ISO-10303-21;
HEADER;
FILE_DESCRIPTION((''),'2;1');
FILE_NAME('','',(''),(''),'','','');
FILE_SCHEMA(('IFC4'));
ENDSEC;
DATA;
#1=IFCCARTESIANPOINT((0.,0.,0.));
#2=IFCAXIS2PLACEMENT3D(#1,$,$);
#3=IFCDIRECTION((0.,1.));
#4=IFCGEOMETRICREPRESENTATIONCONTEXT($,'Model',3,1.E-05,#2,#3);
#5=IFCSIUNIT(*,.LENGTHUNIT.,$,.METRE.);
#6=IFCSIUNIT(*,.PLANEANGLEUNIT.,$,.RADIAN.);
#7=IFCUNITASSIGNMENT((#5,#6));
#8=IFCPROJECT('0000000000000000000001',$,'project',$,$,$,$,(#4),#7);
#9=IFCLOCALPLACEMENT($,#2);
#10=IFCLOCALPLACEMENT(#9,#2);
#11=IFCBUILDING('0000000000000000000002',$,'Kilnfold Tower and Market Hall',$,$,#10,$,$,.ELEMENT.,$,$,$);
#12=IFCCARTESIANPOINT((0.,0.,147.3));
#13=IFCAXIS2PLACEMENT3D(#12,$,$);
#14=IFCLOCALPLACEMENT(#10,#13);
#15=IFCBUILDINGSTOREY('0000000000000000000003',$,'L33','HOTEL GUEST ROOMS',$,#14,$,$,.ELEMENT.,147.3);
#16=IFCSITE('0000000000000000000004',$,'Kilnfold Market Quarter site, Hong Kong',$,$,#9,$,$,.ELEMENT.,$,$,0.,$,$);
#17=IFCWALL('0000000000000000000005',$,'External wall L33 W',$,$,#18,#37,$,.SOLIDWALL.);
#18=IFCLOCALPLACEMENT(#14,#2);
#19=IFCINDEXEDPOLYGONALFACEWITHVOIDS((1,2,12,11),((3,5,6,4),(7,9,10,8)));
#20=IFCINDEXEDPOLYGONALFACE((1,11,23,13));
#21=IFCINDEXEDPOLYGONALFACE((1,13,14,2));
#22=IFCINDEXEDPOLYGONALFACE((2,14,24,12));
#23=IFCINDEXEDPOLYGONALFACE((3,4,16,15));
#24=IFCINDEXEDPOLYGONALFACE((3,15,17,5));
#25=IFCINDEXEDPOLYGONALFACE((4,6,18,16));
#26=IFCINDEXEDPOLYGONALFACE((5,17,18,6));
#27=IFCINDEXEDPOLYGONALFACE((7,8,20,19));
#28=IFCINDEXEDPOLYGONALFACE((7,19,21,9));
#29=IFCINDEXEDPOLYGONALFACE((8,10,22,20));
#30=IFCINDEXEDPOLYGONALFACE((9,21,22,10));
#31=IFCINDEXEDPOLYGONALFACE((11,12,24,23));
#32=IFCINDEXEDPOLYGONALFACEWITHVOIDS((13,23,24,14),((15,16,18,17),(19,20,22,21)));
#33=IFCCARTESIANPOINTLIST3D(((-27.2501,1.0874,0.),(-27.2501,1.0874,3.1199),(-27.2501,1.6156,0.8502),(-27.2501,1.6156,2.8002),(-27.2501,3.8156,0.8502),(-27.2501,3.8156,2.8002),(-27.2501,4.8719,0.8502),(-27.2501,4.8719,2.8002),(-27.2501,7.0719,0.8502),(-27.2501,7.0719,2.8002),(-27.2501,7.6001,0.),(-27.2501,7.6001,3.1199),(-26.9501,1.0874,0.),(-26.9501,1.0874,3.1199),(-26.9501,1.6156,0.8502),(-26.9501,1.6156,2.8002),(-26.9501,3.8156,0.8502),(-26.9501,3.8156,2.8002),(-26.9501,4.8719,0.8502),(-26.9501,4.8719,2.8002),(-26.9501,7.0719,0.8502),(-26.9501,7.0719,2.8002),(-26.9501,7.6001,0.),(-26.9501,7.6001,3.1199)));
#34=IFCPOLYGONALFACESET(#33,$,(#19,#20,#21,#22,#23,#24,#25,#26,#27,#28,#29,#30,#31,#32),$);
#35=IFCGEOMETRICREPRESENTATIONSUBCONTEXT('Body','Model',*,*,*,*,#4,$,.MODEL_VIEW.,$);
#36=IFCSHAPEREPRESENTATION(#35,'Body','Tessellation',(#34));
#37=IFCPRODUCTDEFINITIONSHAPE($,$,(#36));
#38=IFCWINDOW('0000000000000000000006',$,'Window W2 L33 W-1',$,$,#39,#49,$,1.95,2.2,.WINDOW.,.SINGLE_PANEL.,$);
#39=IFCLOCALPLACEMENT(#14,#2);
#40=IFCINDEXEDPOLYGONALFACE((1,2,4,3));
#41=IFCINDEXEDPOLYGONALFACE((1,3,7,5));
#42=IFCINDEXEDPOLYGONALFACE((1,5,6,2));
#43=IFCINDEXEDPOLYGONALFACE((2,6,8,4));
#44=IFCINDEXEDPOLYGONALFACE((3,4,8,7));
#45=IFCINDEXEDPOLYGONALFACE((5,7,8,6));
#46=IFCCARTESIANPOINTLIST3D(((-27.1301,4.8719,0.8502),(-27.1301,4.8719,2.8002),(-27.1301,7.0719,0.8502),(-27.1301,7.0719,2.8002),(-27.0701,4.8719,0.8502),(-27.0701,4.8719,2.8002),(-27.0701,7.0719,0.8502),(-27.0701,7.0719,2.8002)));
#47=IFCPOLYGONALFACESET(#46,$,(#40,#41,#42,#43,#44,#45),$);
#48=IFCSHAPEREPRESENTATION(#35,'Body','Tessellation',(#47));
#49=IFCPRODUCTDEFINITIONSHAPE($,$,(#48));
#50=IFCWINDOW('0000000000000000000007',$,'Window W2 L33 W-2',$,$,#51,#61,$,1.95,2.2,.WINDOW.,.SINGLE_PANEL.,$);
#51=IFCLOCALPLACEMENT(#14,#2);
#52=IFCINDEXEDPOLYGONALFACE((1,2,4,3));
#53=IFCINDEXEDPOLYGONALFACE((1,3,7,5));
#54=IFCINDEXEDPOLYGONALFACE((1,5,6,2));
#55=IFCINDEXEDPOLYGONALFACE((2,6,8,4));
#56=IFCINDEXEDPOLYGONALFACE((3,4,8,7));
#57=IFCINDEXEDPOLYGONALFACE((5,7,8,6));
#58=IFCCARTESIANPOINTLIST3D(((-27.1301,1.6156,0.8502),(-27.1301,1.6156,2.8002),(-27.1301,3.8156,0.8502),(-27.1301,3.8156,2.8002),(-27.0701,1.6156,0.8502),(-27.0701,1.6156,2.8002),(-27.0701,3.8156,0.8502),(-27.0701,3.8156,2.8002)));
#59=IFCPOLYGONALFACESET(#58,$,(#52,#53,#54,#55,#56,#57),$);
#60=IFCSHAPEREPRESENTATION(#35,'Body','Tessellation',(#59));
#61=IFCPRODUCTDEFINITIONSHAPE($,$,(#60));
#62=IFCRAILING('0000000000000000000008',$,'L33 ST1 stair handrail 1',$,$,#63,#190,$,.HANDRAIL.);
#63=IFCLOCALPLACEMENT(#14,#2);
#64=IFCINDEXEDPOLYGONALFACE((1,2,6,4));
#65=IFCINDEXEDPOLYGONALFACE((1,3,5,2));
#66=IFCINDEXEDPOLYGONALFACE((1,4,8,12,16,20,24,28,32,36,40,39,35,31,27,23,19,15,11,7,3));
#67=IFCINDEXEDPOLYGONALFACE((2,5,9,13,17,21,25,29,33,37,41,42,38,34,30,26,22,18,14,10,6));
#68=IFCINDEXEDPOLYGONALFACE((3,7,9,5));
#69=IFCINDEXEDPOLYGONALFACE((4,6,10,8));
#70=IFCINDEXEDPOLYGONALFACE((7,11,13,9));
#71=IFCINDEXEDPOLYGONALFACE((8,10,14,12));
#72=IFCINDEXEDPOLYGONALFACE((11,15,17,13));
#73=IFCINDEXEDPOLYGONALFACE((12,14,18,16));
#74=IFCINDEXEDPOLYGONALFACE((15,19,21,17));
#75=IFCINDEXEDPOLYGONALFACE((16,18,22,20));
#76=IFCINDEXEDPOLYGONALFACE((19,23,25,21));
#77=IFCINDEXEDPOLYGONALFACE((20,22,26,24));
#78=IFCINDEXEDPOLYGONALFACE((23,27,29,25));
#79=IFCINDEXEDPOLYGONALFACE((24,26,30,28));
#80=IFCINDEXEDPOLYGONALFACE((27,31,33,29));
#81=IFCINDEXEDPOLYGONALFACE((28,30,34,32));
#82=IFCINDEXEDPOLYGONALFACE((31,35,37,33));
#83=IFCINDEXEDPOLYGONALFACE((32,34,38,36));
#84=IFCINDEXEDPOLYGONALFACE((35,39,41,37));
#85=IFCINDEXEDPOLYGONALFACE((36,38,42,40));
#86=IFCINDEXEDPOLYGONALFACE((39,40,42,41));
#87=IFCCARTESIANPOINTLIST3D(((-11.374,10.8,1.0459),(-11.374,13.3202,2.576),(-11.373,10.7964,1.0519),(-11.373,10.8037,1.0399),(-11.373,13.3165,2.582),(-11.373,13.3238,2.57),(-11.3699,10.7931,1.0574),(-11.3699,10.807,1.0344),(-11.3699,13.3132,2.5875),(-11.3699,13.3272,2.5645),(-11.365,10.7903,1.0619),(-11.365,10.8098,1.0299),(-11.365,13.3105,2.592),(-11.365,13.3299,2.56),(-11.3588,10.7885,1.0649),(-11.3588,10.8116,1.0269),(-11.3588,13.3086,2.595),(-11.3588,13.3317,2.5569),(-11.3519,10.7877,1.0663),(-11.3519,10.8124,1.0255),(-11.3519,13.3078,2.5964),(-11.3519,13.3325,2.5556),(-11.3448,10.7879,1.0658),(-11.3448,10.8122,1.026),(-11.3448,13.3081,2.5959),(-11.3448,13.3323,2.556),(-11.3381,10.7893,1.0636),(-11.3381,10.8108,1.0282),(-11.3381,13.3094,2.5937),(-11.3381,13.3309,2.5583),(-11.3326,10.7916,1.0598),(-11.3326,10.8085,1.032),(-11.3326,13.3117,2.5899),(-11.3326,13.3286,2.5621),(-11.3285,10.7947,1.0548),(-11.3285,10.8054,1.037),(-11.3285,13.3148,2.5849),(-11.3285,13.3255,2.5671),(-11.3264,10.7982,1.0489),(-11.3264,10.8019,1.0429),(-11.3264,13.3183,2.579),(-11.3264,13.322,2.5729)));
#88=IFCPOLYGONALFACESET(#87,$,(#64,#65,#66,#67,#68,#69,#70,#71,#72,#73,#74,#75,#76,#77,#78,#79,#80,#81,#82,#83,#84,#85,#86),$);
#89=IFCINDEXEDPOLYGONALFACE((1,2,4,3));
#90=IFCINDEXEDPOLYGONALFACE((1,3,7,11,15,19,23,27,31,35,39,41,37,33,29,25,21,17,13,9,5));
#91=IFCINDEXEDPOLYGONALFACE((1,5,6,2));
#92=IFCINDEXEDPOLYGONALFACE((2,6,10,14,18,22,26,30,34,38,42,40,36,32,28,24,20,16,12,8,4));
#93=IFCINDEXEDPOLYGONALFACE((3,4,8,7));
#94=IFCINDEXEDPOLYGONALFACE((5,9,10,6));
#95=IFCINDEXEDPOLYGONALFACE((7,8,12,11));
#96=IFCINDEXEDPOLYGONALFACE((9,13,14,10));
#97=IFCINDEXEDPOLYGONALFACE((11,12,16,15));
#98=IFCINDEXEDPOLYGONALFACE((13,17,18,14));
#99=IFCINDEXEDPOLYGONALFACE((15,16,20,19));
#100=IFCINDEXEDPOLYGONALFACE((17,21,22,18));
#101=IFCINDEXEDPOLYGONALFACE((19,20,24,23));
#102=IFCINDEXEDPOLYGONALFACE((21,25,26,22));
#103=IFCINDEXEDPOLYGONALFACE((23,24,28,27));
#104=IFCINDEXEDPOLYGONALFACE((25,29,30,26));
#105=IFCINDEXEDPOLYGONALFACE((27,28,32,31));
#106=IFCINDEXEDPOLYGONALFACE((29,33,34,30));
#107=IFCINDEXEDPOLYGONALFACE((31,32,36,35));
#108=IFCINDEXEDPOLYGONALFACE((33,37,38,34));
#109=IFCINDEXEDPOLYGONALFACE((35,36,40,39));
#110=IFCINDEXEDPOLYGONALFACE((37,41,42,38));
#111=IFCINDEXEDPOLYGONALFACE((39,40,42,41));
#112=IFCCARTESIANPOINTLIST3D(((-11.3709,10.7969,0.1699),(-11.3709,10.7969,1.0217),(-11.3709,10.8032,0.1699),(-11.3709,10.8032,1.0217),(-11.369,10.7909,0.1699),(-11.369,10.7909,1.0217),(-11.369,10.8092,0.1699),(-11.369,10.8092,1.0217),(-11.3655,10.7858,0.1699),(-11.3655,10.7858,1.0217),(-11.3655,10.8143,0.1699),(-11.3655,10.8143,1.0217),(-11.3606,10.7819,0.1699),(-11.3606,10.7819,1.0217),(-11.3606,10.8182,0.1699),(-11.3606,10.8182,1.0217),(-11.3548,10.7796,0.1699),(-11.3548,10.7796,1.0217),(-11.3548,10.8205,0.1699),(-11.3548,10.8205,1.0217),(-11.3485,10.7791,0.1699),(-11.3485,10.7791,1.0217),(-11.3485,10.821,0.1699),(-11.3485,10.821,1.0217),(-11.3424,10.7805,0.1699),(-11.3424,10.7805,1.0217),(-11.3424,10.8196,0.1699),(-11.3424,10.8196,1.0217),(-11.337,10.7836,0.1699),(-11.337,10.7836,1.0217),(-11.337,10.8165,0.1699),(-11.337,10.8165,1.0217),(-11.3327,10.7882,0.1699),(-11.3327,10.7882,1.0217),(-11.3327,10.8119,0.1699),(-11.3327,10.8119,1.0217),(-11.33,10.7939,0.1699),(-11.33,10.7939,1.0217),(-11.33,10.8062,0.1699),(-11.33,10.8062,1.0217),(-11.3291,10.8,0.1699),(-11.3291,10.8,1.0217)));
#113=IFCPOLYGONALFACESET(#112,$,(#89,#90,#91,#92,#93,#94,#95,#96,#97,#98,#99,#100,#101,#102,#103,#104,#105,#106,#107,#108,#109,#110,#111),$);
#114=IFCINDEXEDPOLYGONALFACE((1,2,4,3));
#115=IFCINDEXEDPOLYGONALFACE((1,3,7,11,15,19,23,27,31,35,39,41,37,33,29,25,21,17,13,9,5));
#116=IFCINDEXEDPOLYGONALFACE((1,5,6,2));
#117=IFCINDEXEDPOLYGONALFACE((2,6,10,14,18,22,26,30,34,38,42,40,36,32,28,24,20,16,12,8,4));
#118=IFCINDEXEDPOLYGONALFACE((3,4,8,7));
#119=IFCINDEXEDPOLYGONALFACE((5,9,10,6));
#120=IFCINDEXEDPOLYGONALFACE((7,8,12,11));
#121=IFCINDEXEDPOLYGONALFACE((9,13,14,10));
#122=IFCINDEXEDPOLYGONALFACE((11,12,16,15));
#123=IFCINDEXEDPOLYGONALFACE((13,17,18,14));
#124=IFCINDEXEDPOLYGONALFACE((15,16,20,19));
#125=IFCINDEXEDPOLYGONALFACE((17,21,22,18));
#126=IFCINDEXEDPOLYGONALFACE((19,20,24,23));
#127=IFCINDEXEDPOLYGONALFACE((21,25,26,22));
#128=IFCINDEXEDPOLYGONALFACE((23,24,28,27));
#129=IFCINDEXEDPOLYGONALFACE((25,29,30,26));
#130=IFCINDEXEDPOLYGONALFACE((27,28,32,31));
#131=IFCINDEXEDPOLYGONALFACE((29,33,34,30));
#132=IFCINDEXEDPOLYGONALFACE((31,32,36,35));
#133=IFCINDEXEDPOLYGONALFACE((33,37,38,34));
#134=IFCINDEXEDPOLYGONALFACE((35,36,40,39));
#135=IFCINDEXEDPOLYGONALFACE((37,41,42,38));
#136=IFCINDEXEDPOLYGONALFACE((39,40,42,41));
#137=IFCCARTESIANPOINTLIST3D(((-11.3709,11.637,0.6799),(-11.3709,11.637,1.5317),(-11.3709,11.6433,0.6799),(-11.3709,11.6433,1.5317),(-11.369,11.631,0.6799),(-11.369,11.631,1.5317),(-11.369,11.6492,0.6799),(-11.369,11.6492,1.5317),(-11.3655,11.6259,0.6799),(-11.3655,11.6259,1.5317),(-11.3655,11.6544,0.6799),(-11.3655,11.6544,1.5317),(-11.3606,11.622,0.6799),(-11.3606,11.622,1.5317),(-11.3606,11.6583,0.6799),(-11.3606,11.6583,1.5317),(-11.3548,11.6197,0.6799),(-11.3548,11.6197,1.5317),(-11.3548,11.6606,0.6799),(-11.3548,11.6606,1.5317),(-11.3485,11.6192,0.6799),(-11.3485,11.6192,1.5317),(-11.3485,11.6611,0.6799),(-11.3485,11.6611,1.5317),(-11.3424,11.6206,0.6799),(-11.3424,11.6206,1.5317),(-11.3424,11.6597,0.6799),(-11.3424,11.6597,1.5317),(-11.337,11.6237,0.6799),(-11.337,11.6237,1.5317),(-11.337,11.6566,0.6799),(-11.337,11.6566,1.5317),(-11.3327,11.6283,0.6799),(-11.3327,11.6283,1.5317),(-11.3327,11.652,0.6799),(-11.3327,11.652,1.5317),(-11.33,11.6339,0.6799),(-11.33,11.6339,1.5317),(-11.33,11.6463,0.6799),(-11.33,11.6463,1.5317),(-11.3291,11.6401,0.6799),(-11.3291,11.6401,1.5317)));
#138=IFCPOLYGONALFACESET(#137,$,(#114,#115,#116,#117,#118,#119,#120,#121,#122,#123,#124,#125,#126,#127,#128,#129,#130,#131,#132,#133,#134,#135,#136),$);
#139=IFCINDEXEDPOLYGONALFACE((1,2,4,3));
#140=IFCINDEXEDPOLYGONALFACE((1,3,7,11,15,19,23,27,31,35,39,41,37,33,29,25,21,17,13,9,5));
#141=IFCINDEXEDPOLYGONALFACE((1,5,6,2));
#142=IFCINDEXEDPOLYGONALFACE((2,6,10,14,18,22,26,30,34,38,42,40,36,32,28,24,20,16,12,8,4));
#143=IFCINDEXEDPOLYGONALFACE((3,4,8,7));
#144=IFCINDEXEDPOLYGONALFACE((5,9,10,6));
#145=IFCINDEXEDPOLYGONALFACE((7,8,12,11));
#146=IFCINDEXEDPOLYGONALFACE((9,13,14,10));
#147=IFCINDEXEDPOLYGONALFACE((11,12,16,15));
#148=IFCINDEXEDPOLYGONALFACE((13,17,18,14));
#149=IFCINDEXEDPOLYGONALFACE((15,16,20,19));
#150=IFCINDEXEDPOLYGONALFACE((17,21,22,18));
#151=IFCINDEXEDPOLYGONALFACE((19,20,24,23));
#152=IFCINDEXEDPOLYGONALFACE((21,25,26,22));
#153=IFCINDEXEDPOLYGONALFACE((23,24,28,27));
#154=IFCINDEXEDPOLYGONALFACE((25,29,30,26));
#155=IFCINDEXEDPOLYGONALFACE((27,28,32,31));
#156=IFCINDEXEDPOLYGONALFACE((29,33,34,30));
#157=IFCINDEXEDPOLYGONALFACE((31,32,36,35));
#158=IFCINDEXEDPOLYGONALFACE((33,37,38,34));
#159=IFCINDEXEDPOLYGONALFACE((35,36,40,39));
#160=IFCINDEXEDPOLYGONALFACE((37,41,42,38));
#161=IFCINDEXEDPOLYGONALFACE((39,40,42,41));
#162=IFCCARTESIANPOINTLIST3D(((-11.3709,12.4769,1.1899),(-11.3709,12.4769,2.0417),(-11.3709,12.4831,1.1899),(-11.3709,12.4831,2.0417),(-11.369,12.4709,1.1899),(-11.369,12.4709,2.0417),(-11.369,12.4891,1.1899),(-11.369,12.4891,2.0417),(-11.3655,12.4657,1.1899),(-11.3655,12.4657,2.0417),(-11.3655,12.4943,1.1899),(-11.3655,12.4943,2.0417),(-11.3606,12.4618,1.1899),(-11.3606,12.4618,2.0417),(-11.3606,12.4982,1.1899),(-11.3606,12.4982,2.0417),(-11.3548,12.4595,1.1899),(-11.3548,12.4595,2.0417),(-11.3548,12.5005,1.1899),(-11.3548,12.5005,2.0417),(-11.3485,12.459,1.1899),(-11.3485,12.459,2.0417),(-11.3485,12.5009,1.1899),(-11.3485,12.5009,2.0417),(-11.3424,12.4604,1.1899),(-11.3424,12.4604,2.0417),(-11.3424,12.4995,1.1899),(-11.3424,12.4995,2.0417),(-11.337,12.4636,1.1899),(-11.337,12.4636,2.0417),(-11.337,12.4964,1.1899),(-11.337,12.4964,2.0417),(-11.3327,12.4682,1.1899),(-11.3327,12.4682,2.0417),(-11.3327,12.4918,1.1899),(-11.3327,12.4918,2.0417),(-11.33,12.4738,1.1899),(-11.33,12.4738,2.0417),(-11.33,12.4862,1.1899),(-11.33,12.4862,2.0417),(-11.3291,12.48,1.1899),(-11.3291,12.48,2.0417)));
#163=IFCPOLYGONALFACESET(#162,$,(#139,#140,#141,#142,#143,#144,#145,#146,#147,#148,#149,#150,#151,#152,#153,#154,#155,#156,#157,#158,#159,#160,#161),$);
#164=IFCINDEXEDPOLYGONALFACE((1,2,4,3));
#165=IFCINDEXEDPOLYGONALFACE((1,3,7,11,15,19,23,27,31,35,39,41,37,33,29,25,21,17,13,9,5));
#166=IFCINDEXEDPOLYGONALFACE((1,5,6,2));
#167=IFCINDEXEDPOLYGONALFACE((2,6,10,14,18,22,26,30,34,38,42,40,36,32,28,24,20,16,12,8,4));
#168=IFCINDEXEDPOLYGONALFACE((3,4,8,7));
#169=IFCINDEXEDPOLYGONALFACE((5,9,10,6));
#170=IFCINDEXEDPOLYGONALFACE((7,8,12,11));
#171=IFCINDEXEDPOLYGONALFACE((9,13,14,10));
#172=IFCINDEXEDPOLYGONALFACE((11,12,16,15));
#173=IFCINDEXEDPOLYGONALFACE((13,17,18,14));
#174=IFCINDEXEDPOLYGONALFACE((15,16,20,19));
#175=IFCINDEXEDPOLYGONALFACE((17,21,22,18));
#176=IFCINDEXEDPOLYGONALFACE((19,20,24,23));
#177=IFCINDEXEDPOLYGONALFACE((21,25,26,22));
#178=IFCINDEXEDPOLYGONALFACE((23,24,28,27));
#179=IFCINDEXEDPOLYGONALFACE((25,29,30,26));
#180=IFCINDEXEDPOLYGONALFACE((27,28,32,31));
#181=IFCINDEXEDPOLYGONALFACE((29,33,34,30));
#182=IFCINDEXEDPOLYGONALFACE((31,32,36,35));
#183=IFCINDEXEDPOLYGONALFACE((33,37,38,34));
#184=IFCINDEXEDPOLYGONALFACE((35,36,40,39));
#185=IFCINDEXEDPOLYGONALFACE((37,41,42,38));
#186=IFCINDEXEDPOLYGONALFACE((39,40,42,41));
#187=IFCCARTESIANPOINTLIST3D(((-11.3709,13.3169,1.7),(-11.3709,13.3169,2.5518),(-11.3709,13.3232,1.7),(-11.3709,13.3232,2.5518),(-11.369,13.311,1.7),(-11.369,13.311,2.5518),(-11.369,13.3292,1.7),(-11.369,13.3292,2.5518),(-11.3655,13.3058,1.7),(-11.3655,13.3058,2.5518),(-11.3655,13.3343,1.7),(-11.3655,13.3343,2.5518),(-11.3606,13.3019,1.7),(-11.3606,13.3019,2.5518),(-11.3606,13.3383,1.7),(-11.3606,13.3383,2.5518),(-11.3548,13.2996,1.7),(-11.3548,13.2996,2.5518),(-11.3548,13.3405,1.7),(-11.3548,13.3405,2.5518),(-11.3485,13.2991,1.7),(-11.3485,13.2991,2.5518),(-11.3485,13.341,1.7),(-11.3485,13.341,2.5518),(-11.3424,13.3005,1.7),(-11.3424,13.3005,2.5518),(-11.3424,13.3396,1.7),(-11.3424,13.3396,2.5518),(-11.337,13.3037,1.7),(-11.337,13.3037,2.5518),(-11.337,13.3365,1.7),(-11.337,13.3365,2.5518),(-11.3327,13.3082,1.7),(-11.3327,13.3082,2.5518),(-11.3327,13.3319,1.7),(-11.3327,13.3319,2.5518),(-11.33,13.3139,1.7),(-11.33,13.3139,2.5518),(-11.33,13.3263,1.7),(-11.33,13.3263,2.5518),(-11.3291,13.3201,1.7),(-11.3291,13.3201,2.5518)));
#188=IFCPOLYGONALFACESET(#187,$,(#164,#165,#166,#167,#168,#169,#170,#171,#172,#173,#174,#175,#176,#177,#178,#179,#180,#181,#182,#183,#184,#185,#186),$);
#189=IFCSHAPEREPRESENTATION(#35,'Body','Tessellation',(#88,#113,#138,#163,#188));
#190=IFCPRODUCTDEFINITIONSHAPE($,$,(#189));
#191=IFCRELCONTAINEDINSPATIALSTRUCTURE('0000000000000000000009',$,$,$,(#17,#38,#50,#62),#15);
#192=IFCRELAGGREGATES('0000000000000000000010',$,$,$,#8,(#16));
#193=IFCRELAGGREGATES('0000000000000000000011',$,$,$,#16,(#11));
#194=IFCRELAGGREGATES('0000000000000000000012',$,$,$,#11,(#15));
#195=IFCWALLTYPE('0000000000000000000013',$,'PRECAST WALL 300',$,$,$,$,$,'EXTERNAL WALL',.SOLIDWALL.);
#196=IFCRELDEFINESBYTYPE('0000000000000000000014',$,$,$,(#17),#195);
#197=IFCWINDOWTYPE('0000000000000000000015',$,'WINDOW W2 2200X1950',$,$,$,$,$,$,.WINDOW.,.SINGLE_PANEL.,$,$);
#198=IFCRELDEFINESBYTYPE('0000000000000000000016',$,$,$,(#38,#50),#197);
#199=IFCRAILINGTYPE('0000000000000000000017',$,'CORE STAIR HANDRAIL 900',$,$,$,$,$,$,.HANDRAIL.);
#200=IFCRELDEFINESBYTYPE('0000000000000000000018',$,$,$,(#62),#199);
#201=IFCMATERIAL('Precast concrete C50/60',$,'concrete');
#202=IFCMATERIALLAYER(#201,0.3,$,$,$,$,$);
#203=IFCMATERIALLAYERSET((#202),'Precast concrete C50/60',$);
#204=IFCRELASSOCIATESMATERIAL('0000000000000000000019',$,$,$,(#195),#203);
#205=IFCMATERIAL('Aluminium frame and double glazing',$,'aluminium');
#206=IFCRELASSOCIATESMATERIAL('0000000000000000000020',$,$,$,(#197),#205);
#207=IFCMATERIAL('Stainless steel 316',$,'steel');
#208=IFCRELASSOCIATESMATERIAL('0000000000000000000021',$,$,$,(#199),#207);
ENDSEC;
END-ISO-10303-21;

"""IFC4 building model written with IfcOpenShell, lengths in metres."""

from ifc_helpers import new_model, si_unit, direction, frame, frame_2d, origin, origin_2d, place, context, subcontext, project, spatial, rectangle, circle, extrude, source, transform, mapped, material, layer, layer_set, type_object, element, fill, save


model = new_model("IFC4")

# Units and contexts
model_context = context("Model", 3, precision=1e-05, world=origin(), true_north=direction((0.0, 1.0)))
body_context = subcontext(model_context, "Body", "Model", "MODEL_VIEW")
ifc_project = project(units=[si_unit("LENGTHUNIT", "METRE"), si_unit("PLANEANGLEUNIT", "RADIAN")], contexts=[model_context])

# Site, building, storey
site_placement = place(None, origin())
site = spatial("IfcSite", under=ifc_project, at=site_placement, Name="Kilnfold Market Quarter site, Hong Kong", CompositionType="ELEMENT", RefElevation=0.0)
building_placement = place(site_placement, origin())
building = spatial("IfcBuilding", under=site, at=building_placement, Name="Kilnfold Tower and Market Hall", CompositionType="ELEMENT")
storey_placement = place(building_placement, frame((0.0, 0.0, 147.3)))
storey = spatial("IfcBuildingStorey", under=building, at=storey_placement, Name="L33", Description="HOTEL GUEST ROOMS", CompositionType="ELEMENT", Elevation=147.3)

# Wall, openings, windows
ifc_material_1 = material(Name="Precast concrete C50/60", Category="concrete")
ifc_layer_1 = layer(ifc_material_1, 0.3)
ifc_layer_set_1 = layer_set([ifc_layer_1], Name="Precast concrete C50/60")
wall_type_1 = type_object("IfcWallType", Name="PRECAST WALL 300", ElementType="EXTERNAL WALL", PredefinedType="SOLIDWALL", material=ifc_layer_set_1)
shared_shape_1 = source(origin(), body_context, "Body", "SweptSolid", [
    extrude(rectangle(XDim=6.5127, YDim=0.3, at=frame_2d((3.2563, 0.0))), origin(), (0.0, 0.0, 1.0), 3.1199),
])
wall_1_placement = place(storey_placement, frame((-27.1001, 7.6001, 0.0), z_axis=(0.0, 0.0, 1.0), x_axis=(0.0, -1.0, 0.0)))
wall_1 = element("IfcWall", 1, at=wall_1_placement, inside=storey, type_object=wall_type_1, Name="External wall L33 W", PredefinedType="SOLIDWALL", context=body_context, shape_type="MappedRepresentation", body=[
    mapped(shared_shape_1, transform((0.0, 0.0, 0.0))),
])
opening_1_placement = place(wall_1_placement, frame((0.5281, 0.0, 0.8501)))
opening_1 = element("IfcOpeningElement", 2, at=opening_1_placement, cuts=wall_1, PredefinedType="OPENING", context=body_context, shape_type="SweptSolid", body=[
    extrude(rectangle(XDim=2.2, YDim=1.95, at=frame_2d((1.1001, 0.9751))), frame((0.0, 0.1602, 0.0), z_axis=(0.0, -1.0, 0.0), x_axis=(1.0, 0.0, 0.0)), (0.0, 0.0, 1.0), 0.3201),
])
opening_2_placement = place(wall_1_placement, frame((3.7844, 0.0, 0.8501)))
opening_2 = element("IfcOpeningElement", 3, at=opening_2_placement, cuts=wall_1, PredefinedType="OPENING", context=body_context, shape_type="SweptSolid", body=[
    extrude(rectangle(XDim=2.2, YDim=1.95, at=frame_2d((1.1001, 0.9751))), frame((0.0, 0.1602, 0.0), z_axis=(0.0, -1.0, 0.0), x_axis=(1.0, 0.0, 0.0)), (0.0, 0.0, 1.0), 0.3201),
])
ifc_material_2 = material(Name="Aluminium frame and double glazing", Category="aluminium")
window_type = type_object("IfcWindowType", Name="WINDOW W2 2200X1950", PartitioningType="SINGLE_PANEL", PredefinedType="WINDOW", material=ifc_material_2)
window_1_placement = place(opening_1_placement, origin())
window_1 = element("IfcWindow", 4, at=window_1_placement, inside=storey, type_object=window_type, Name="Window W2 L33 W-1", OverallHeight=1.95, OverallWidth=2.2, PartitioningType="SINGLE_PANEL", PredefinedType="WINDOW", context=body_context, shape_type="SweptSolid", body=[
    extrude(rectangle(XDim=2.2, YDim=1.95, at=frame_2d((1.1001, 0.9751))), frame((0.0, 0.03, 0.0), z_axis=(0.0, -1.0, 0.0), x_axis=(1.0, 0.0, 0.0)), (0.0, 0.0, 1.0), 0.0601),
])
fill(opening_1, window_1)
window_2_placement = place(opening_2_placement, origin())
window_2 = element("IfcWindow", 5, at=window_2_placement, inside=storey, type_object=window_type, Name="Window W2 L33 W-2", OverallHeight=1.95, OverallWidth=2.2, PartitioningType="SINGLE_PANEL", PredefinedType="WINDOW", context=body_context, shape_type="SweptSolid", body=[
    extrude(rectangle(XDim=2.2, YDim=1.95, at=frame_2d((1.1001, 0.9751))), frame((0.0, 0.03, 0.0), z_axis=(0.0, -1.0, 0.0), x_axis=(1.0, 0.0, 0.0)), (0.0, 0.0, 1.0), 0.0601),
])
fill(opening_2, window_2)

# Railing
ifc_material_3 = material(Name="Stainless steel 316", Category="steel")
railing_type_1 = type_object("IfcRailingType", Name="CORE STAIR HANDRAIL 900", PredefinedType="HANDRAIL", material=ifc_material_3)
railing_1_placement = place(storey_placement, frame((-11.3501, 10.8, 0.1699)))
element("IfcRailing", 6, at=railing_1_placement, inside=storey, type_object=railing_type_1, Name="L33 ST1 stair handrail 1", PredefinedType="HANDRAIL", context=body_context, shape_type="SweptSolid", body=[
    extrude(circle(Radius=0.0239, at=origin_2d()), frame((0.0, 0.0, 0.876), z_axis=(0.0, 0.854785, 0.518982), x_axis=(-1.0, 0.0, 0.0)), (0.0, 0.0, 1.0), 2.9482),
    extrude(circle(Radius=0.021, at=origin_2d()), origin(), (0.0, 0.0, 1.0), 0.8518),
    extrude(circle(Radius=0.021, at=origin_2d()), frame((0.0, 0.8401, 0.51)), (0.0, 0.0, 1.0), 0.8518),
    extrude(circle(Radius=0.021, at=origin_2d()), frame((0.0, 1.6799, 1.02)), (0.0, 0.0, 1.0), 0.8518),
    extrude(circle(Radius=0.021, at=origin_2d()), frame((0.0, 2.52, 1.53)), (0.0, 0.0, 1.0), 0.8518),
])

save(model, "model.ifc")
